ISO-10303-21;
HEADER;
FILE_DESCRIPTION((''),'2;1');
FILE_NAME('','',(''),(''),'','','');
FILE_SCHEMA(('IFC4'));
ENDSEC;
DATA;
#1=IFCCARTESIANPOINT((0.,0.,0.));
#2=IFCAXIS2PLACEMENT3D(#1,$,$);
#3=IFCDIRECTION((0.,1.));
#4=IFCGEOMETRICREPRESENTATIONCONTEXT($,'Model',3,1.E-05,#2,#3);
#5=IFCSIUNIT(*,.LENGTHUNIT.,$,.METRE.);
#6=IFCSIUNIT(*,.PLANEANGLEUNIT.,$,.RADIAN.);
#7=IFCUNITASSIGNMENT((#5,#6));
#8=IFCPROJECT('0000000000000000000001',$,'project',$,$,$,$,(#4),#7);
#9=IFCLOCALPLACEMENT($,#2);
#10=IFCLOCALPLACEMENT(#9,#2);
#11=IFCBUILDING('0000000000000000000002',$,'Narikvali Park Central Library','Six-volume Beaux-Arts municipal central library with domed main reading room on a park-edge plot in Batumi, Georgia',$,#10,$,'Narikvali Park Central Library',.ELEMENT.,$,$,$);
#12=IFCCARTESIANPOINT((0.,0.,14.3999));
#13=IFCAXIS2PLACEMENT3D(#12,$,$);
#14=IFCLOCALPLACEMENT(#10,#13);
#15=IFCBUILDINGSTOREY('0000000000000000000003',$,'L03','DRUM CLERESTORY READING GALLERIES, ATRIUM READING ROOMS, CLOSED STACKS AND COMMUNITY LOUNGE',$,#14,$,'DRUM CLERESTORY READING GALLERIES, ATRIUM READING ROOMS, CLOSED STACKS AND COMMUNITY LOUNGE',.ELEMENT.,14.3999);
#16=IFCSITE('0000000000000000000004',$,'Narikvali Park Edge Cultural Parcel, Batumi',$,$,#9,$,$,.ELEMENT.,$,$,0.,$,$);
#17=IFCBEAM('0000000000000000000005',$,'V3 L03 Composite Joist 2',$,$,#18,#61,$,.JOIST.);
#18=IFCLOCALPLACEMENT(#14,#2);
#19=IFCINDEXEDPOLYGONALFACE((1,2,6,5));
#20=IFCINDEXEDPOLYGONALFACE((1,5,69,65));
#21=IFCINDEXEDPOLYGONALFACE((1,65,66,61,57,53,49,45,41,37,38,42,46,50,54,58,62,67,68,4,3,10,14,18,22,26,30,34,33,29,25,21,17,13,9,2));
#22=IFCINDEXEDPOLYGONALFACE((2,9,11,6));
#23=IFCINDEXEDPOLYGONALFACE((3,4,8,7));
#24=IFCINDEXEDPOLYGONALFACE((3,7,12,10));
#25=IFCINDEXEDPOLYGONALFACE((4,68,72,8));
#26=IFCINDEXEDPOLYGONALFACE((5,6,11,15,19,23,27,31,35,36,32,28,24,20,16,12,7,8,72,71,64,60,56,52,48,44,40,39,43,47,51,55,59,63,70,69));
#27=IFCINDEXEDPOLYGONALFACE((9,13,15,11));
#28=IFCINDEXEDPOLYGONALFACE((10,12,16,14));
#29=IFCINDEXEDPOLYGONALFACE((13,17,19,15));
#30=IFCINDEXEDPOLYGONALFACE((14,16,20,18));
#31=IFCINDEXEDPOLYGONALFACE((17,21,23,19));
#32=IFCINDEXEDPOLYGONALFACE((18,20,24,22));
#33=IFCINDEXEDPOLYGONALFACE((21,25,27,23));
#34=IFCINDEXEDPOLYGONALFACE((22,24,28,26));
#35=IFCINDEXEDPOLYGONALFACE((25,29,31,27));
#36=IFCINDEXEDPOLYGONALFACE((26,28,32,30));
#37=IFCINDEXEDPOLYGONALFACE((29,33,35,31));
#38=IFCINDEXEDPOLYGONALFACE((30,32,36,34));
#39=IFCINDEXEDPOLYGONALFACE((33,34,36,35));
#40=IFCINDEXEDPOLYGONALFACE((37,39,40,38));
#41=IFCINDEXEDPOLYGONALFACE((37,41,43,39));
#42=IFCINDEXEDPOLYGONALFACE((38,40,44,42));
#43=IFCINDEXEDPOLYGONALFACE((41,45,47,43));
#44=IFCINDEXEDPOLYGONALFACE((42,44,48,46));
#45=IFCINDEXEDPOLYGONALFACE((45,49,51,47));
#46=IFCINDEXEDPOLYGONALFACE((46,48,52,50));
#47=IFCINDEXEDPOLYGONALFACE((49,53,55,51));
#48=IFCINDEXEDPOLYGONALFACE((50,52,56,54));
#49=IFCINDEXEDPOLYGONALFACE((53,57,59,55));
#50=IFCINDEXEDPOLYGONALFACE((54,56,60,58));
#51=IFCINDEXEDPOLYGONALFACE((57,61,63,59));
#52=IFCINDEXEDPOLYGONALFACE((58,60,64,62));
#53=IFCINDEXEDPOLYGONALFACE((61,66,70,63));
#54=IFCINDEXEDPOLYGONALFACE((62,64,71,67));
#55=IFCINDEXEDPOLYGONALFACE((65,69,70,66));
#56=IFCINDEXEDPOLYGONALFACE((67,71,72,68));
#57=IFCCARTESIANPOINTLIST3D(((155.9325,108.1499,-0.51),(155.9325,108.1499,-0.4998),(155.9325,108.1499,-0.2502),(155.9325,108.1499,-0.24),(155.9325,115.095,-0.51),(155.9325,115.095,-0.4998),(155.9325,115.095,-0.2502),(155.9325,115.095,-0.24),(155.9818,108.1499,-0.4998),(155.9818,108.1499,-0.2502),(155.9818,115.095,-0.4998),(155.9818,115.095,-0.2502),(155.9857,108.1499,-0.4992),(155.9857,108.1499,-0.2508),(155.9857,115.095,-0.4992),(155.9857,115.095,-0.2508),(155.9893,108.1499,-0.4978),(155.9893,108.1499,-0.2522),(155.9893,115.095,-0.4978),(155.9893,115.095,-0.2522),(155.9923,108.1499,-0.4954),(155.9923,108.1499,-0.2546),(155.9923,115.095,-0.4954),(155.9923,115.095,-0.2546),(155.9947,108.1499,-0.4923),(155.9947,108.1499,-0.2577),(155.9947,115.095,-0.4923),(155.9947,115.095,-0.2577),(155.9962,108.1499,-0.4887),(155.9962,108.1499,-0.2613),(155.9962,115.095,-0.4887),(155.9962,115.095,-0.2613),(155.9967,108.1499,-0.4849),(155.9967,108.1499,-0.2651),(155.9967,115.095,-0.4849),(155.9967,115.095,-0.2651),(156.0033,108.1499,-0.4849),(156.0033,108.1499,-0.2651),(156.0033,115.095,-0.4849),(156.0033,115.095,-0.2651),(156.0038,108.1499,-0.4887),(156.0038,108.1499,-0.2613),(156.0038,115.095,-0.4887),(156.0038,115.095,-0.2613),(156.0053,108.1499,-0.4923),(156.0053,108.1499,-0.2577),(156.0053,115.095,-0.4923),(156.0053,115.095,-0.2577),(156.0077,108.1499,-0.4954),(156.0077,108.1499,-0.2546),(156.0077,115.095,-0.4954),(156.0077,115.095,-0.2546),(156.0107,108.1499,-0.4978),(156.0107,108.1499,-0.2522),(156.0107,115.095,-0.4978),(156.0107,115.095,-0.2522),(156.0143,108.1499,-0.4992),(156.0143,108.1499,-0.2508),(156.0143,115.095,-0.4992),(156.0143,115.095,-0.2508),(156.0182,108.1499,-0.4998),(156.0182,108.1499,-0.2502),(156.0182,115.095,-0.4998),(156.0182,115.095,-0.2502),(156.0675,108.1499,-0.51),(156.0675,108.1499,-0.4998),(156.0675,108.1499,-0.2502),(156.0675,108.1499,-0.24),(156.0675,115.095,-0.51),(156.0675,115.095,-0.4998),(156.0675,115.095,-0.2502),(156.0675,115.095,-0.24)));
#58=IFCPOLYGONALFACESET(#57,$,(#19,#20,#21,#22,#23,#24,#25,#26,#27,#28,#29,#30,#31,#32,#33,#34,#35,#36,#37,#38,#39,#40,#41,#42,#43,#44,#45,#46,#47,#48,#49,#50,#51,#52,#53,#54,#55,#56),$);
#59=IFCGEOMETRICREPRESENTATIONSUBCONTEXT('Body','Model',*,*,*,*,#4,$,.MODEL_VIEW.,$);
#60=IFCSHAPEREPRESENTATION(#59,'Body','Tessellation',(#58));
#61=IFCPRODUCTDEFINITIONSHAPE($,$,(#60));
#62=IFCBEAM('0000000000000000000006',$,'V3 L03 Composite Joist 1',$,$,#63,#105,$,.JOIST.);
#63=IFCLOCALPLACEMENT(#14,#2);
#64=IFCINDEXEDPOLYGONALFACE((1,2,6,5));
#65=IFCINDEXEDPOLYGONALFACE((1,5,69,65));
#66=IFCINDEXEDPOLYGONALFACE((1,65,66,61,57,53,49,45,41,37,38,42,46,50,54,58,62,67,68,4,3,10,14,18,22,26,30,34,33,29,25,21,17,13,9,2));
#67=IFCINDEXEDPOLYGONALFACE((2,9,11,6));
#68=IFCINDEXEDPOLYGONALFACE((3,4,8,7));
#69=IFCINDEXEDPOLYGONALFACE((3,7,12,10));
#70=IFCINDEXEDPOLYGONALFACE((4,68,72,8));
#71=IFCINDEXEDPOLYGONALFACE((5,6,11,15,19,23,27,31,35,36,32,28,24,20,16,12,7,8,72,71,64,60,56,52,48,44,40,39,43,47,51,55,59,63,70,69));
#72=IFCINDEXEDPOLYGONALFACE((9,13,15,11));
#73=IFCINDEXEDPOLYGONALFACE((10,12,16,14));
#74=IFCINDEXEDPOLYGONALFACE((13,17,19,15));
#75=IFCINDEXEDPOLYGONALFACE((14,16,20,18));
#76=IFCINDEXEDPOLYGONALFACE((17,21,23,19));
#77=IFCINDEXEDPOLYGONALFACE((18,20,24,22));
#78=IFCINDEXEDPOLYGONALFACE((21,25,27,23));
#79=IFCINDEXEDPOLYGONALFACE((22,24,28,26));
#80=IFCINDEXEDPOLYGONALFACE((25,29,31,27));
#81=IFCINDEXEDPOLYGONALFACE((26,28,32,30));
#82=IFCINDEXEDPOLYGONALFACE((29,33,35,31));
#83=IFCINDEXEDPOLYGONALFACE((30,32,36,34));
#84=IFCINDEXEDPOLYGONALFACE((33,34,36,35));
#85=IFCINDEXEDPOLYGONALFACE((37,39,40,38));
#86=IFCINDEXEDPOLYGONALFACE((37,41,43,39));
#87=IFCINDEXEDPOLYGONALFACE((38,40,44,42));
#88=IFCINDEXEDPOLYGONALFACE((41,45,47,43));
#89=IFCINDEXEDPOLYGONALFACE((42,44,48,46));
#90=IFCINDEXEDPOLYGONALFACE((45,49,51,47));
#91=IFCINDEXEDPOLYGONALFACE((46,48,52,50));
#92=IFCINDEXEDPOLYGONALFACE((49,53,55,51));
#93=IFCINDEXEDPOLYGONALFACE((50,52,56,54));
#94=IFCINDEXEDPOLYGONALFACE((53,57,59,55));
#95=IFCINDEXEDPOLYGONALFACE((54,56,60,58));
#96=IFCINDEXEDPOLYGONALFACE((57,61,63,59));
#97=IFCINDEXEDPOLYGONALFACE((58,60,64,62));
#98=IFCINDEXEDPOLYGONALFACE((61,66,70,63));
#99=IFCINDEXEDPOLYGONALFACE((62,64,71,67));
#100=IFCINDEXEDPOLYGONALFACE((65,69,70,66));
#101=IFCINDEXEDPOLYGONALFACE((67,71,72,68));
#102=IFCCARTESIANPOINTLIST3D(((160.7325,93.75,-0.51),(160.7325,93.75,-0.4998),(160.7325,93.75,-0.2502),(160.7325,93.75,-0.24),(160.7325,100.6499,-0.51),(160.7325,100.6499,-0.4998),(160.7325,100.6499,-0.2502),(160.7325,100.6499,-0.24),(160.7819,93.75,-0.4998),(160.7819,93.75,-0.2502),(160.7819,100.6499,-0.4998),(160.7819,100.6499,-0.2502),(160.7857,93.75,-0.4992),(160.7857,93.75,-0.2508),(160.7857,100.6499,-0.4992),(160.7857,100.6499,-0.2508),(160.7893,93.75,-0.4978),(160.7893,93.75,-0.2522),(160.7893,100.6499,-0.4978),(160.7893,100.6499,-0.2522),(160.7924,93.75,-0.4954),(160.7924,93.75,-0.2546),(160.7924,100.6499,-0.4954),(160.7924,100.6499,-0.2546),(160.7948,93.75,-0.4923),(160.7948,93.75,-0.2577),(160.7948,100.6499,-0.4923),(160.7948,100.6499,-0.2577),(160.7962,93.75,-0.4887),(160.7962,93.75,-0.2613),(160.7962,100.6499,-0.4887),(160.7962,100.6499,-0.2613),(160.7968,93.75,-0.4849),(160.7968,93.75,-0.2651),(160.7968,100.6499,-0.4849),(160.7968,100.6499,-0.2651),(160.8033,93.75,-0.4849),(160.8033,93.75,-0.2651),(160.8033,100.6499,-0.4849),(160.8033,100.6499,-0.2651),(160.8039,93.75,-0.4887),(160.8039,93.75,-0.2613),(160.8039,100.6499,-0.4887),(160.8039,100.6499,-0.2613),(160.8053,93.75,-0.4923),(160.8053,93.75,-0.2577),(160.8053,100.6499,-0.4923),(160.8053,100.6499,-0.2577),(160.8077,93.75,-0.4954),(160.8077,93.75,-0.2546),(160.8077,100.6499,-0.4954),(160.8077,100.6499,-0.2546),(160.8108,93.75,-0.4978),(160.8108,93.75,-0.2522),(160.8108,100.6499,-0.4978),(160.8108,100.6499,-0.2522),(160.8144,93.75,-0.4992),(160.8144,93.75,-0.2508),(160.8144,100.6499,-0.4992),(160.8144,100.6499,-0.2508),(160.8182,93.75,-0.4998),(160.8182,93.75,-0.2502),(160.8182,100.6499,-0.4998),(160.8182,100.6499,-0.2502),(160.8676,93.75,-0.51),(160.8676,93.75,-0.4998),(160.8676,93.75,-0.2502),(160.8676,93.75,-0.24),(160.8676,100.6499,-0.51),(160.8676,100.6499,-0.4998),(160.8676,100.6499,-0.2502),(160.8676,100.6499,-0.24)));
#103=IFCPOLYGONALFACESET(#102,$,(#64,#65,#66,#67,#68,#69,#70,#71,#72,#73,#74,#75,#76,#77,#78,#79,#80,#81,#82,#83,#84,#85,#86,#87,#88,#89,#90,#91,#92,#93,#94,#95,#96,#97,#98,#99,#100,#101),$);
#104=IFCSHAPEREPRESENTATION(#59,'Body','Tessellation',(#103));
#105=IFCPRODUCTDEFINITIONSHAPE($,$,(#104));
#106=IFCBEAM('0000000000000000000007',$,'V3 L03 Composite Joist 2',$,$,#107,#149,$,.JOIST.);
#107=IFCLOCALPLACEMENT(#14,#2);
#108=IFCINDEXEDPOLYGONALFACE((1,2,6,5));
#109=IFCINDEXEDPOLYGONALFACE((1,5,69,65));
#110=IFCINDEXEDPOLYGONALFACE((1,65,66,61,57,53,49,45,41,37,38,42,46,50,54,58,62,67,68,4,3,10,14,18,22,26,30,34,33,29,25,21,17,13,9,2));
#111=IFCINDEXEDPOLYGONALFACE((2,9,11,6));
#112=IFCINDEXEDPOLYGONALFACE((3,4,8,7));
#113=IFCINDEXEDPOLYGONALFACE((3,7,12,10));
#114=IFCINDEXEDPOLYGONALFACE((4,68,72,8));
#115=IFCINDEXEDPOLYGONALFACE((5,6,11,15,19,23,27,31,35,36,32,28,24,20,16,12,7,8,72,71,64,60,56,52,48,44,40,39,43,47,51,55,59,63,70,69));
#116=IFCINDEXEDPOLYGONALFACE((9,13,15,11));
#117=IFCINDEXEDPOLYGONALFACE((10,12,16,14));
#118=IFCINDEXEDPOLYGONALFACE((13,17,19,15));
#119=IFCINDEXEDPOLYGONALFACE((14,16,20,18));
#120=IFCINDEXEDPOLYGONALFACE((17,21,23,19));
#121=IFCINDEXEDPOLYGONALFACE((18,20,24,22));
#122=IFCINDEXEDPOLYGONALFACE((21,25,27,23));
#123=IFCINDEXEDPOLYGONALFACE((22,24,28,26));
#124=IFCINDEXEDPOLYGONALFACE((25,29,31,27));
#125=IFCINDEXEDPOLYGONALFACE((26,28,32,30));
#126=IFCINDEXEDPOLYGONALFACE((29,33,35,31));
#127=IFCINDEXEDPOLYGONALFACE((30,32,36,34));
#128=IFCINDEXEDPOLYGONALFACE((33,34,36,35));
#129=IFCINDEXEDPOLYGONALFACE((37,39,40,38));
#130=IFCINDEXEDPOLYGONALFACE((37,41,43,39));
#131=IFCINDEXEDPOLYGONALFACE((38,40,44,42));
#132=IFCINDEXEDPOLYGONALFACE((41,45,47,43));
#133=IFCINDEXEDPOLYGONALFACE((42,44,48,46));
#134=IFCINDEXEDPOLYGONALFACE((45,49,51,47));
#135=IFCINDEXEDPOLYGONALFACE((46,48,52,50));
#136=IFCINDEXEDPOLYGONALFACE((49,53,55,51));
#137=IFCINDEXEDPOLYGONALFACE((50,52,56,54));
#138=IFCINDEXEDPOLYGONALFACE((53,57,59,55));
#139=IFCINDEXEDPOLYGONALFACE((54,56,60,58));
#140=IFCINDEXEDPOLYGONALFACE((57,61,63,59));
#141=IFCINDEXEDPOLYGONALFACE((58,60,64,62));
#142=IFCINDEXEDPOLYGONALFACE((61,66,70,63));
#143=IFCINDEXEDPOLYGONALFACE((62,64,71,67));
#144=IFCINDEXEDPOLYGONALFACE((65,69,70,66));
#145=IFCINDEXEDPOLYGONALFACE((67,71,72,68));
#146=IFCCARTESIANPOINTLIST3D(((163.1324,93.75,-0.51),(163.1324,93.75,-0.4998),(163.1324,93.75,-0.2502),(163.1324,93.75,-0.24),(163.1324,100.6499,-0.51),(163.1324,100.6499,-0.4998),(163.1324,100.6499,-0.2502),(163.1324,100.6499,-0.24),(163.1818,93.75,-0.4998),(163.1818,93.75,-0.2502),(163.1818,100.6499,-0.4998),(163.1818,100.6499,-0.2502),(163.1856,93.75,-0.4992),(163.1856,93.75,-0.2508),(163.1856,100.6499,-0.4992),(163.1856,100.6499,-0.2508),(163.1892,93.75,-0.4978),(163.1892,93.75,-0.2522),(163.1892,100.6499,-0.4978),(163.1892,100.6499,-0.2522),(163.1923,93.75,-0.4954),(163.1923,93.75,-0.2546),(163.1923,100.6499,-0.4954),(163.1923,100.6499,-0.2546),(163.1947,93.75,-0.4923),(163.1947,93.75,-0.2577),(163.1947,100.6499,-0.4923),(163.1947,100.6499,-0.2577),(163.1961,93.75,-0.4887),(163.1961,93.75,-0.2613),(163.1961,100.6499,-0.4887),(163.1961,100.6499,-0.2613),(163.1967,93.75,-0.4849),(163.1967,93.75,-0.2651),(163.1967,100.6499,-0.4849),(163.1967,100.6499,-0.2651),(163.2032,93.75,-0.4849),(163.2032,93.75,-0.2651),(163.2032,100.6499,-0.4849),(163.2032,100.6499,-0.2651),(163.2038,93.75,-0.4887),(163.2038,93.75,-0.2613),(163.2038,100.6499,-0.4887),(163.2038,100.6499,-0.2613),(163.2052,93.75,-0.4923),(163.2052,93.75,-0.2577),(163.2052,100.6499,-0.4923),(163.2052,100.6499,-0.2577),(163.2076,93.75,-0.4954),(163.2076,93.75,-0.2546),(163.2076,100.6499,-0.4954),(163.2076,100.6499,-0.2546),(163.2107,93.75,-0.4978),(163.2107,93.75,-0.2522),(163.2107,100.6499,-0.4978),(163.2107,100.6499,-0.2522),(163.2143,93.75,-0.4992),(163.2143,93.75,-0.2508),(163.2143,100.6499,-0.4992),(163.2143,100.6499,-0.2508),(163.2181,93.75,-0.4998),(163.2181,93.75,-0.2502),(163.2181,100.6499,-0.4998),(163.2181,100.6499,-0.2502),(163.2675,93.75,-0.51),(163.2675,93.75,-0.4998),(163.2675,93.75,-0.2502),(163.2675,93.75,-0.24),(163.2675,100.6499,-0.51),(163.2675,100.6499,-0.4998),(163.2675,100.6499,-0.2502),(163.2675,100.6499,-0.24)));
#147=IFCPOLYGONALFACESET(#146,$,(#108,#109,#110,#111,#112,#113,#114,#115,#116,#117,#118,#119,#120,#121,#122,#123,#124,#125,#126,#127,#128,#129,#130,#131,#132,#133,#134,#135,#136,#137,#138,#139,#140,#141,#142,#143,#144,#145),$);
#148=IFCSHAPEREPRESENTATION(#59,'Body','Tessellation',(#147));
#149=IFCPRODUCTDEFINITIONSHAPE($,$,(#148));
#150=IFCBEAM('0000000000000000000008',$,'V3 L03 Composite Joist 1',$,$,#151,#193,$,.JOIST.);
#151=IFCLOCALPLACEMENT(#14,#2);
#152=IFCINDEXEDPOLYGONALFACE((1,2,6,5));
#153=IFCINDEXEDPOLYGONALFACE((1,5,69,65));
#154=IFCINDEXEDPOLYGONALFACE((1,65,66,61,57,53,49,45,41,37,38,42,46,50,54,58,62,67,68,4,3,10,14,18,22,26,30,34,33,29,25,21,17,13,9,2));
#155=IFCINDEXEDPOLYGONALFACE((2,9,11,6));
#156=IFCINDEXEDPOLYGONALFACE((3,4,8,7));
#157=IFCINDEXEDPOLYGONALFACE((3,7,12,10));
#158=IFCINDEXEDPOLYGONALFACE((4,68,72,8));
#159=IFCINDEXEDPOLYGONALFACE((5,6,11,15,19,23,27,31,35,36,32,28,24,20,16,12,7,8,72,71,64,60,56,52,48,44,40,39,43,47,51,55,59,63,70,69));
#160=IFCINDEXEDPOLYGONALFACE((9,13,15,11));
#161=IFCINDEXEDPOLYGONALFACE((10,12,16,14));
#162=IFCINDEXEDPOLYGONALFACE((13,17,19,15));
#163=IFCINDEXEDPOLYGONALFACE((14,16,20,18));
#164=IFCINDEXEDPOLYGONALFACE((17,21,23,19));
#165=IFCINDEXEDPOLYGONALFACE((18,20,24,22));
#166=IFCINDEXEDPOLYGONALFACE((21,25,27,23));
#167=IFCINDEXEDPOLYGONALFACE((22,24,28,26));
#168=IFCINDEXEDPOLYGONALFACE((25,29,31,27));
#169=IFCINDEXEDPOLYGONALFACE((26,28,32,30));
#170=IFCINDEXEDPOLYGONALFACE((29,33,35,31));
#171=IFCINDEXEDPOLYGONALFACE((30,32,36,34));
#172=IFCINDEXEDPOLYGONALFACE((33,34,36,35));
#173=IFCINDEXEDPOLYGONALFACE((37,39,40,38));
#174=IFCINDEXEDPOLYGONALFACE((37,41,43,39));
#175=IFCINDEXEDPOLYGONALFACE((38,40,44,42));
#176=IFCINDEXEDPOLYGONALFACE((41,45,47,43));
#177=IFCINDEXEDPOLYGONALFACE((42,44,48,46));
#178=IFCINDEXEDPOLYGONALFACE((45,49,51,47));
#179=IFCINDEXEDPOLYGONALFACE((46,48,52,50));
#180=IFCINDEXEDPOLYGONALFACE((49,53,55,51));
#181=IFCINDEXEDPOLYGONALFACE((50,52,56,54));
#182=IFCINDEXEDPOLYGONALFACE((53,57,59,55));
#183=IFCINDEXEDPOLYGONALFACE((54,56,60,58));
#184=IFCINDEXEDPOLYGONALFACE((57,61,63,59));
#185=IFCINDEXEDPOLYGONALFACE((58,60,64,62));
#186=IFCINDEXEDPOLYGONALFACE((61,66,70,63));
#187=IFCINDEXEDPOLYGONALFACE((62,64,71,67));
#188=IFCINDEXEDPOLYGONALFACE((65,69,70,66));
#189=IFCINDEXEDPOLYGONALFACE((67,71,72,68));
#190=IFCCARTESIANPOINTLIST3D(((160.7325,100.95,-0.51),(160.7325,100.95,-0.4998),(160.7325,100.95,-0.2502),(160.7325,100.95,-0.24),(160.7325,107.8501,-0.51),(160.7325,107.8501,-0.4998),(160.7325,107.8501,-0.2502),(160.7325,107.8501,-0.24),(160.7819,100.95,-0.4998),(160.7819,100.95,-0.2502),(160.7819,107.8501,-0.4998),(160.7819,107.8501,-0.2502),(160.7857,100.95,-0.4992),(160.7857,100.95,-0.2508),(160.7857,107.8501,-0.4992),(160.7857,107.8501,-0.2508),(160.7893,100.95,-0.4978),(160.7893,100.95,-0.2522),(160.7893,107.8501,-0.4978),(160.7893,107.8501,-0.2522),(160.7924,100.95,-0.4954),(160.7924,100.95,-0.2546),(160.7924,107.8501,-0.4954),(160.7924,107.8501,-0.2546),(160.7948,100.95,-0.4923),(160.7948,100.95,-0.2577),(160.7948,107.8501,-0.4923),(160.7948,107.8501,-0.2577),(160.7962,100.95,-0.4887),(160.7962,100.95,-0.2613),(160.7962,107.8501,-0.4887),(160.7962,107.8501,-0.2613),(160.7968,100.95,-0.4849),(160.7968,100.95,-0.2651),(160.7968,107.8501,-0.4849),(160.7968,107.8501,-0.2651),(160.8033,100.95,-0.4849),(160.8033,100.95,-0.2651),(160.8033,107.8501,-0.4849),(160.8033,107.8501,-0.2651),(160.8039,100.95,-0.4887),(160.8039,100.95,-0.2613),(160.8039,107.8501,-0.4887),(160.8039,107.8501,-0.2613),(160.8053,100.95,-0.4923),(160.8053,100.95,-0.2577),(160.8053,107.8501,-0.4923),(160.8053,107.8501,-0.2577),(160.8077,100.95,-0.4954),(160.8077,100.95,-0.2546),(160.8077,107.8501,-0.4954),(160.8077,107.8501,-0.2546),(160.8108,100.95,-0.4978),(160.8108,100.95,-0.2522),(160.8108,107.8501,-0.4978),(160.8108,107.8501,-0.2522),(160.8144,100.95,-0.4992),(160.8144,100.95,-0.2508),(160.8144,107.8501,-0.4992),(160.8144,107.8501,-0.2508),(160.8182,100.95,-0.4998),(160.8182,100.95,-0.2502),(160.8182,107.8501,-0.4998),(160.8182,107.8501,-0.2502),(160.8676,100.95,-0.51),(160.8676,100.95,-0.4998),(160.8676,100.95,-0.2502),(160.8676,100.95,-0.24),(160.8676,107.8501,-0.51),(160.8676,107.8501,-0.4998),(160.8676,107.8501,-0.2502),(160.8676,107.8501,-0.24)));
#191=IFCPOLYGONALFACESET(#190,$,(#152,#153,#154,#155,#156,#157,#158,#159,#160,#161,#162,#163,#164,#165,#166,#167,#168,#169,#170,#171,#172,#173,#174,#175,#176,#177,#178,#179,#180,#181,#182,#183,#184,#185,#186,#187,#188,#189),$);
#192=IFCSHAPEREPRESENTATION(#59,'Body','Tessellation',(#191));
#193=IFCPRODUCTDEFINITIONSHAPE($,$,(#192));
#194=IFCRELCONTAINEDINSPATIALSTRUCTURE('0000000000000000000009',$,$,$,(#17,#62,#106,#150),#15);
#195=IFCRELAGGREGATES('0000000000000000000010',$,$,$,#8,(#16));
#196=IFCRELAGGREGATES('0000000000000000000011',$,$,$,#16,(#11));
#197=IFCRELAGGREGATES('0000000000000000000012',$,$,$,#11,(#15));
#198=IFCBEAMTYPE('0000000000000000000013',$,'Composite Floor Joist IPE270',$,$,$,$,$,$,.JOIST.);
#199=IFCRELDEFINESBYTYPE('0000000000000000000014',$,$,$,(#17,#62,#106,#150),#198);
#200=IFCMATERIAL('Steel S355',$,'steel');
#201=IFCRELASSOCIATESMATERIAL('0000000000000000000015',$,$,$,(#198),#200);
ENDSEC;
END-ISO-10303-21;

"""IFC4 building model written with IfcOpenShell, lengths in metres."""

from ifc_helpers import new_model, si_unit, direction, frame, origin, origin_2d, place, context, subcontext, project, spatial, i_section, extrude, material, material_profile, profile_set, type_object, element, save


model = new_model("IFC4")

# Units and contexts
model_context = context("Model", 3, precision=1e-05, world=origin(), true_north=direction((0.0, 1.0)))
body_context = subcontext(model_context, "Body", "Model", "MODEL_VIEW")
ifc_project = project(units=[si_unit("LENGTHUNIT", "METRE"), si_unit("PLANEANGLEUNIT", "RADIAN")], contexts=[model_context])

# Site, building, storey
site_placement = place(None, origin())
site = spatial("IfcSite", under=ifc_project, at=site_placement, Name="Narikvali Park Edge Cultural Parcel, Batumi", CompositionType="ELEMENT", RefElevation=0.0)
building_placement = place(site_placement, origin())
building = spatial("IfcBuilding", under=site, at=building_placement, Name="Narikvali Park Central Library", Description="Six-volume Beaux-Arts municipal central library with domed main reading room on a park-edge plot in Batumi, Georgia", LongName="Narikvali Park Central Library", CompositionType="ELEMENT")
storey_placement = place(building_placement, frame((0.0, 0.0, 14.3999)))
storey = spatial("IfcBuildingStorey", under=building, at=storey_placement, Name="L03", Description="DRUM CLERESTORY READING GALLERIES, ATRIUM READING ROOMS, CLOSED STACKS AND COMMUNITY LOUNGE", LongName="DRUM CLERESTORY READING GALLERIES, ATRIUM READING ROOMS, CLOSED STACKS AND COMMUNITY LOUNGE", CompositionType="ELEMENT", Elevation=14.3999)

# Shared definitions
ifc_material_1 = material(Name="Steel S355", Category="steel")

# Beams
ifc_material_profile_1 = material_profile(ifc_material_1, i_section(OverallWidth=0.135, OverallDepth=0.27, WebThickness=0.0066, FlangeThickness=0.0103, FilletRadius=0.0149, at=origin_2d()), Name="IPE 270")
ifc_profile_set_1 = profile_set([ifc_material_profile_1], Name="Steel S355")
beam_type_1 = type_object("IfcBeamType", Name="Composite Floor Joist IPE270", PredefinedType="JOIST", material=ifc_profile_set_1)
for number, where, z_axis, x_axis, name in (
    (1, (156.0, 108.1499, -0.375), (0.0, 1.0, 0.0), (-1.0, 0.0, 0.0), "V3 L03 Composite Joist 2"),
):
    element("IfcBeam", number, at=place(storey_placement, frame(where, z_axis=z_axis, x_axis=x_axis)), inside=storey, type_object=beam_type_1, Name=name, PredefinedType="JOIST", context=body_context, shape_type="SweptSolid", body=[
        extrude(i_section(OverallWidth=0.135, OverallDepth=0.27, WebThickness=0.0066, FlangeThickness=0.0103, FilletRadius=0.0149, at=origin_2d()), origin(), (0.0, 0.0, 1.0), 6.9451),
    ])
for number, where, z_axis, x_axis, name in (
    (2, (160.8, 93.75, -0.375), (0.0, 1.0, 0.0), (-1.0, 0.0, 0.0), "V3 L03 Composite Joist 1"),
    (3, (163.2, 93.75, -0.375), (0.0, 1.0, 0.0), (-1.0, 0.0, 0.0), "V3 L03 Composite Joist 2"),
):
    element("IfcBeam", number, at=place(storey_placement, frame(where, z_axis=z_axis, x_axis=x_axis)), inside=storey, type_object=beam_type_1, Name=name, PredefinedType="JOIST", context=body_context, shape_type="SweptSolid", body=[
        extrude(i_section(OverallWidth=0.135, OverallDepth=0.27, WebThickness=0.0066, FlangeThickness=0.0103, FilletRadius=0.0149, at=origin_2d()), origin(), (0.0, 0.0, 1.0), 6.8999),
    ])
for number, where, z_axis, x_axis, name in (
    (4, (160.8, 100.95, -0.375), (0.0, 1.0, 0.0), (-1.0, 0.0, 0.0), "V3 L03 Composite Joist 1"),
):
    element("IfcBeam", number, at=place(storey_placement, frame(where, z_axis=z_axis, x_axis=x_axis)), inside=storey, type_object=beam_type_1, Name=name, PredefinedType="JOIST", context=body_context, shape_type="SweptSolid", body=[
        extrude(i_section(OverallWidth=0.135, OverallDepth=0.27, WebThickness=0.0066, FlangeThickness=0.0103, FilletRadius=0.0149, at=origin_2d()), origin(), (0.0, 0.0, 1.0), 6.9001),
    ])

save(model, "model.ifc")
